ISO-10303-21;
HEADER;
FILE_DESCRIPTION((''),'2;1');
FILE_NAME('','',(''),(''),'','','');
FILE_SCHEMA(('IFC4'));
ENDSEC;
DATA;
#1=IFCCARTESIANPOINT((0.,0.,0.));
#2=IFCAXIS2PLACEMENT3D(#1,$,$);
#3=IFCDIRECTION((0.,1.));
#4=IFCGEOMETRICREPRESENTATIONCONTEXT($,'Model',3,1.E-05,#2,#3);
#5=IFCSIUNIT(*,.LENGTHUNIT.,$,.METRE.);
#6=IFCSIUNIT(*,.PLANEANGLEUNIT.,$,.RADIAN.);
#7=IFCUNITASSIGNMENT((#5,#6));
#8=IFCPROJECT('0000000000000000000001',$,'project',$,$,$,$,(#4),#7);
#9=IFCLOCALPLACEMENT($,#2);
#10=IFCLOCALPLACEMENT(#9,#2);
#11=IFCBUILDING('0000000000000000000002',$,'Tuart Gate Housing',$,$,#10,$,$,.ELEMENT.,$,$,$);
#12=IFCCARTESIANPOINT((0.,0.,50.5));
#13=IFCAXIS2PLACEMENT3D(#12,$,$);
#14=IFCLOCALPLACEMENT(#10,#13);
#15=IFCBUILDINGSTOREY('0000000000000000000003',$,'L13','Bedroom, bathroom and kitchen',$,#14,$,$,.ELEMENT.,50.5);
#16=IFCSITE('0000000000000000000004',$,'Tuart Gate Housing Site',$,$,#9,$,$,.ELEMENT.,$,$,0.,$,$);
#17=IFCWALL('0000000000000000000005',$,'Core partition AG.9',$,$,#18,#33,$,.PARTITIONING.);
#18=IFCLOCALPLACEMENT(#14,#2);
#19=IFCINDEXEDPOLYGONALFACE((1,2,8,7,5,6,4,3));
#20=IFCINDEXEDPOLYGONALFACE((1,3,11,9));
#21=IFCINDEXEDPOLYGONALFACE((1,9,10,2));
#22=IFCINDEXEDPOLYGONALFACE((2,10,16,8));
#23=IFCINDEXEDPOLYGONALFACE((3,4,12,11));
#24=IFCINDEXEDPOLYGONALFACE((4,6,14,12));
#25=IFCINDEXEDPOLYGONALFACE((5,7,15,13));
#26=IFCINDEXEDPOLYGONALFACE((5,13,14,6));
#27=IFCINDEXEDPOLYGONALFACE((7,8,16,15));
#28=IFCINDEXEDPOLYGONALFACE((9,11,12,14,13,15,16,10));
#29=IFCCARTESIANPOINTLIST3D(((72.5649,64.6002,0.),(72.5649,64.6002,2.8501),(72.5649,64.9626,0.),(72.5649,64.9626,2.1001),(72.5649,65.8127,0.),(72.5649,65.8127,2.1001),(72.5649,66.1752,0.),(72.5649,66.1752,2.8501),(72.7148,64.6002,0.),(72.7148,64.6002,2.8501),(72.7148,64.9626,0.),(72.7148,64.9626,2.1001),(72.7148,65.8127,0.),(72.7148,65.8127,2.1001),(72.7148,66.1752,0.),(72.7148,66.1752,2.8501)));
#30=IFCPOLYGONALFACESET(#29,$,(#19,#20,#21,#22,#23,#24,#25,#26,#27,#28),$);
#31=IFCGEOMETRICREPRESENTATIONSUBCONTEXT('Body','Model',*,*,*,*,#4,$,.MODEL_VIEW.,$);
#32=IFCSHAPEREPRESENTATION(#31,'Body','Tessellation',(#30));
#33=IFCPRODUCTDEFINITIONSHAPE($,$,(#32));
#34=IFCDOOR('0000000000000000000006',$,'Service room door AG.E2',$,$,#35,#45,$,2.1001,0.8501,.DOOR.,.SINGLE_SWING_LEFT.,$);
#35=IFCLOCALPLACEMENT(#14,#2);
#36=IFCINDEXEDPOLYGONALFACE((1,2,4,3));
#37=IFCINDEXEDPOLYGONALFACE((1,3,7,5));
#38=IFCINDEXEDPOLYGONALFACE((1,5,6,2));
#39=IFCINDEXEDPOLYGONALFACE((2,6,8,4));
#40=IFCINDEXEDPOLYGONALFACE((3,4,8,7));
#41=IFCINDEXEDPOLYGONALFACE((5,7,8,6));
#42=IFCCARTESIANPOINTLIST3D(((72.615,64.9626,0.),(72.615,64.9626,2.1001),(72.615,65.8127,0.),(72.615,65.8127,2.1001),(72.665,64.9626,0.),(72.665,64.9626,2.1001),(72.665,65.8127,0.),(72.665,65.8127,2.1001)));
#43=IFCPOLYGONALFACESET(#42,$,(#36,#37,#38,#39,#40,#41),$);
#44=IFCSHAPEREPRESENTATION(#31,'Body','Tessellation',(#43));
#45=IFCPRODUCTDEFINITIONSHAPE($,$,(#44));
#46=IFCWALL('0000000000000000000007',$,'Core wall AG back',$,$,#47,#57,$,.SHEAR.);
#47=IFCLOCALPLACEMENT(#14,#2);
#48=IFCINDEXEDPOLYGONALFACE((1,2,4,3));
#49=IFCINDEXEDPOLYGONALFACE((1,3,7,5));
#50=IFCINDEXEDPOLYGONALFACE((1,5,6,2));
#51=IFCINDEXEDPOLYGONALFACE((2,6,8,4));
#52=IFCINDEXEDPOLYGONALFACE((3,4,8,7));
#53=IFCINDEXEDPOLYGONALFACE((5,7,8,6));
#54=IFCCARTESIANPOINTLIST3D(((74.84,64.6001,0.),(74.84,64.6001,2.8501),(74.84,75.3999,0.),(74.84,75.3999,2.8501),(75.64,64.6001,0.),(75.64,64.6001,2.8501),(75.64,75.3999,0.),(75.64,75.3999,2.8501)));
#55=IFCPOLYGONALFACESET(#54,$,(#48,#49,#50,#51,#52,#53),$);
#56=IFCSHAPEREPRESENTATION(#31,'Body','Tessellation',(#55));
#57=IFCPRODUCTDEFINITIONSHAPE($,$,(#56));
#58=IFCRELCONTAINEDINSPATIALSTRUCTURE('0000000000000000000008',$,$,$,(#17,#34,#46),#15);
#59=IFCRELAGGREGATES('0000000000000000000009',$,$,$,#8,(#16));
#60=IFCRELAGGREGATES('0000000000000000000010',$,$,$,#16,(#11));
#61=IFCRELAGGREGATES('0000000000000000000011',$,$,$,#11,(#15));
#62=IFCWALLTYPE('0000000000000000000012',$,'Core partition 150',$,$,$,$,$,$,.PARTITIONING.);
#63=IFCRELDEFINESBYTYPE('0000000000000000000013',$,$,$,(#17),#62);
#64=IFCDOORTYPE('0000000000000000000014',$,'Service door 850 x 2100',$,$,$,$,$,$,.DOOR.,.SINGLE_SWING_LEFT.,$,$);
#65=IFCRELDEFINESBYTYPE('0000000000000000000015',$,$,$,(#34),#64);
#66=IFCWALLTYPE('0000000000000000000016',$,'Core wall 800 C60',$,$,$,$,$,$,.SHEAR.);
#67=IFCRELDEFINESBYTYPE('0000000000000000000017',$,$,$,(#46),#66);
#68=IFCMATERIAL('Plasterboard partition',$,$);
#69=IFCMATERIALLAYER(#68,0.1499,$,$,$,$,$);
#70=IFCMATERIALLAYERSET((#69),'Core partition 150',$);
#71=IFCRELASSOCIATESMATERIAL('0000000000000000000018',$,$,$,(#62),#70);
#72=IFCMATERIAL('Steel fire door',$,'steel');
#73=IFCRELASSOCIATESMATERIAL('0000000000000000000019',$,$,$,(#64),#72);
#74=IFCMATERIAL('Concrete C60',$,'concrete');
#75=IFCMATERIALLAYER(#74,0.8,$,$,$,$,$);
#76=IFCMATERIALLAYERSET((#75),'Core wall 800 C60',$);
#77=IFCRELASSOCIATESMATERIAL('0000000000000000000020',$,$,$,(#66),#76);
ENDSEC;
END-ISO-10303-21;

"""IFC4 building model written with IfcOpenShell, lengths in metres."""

from ifc_helpers import new_model, si_unit, direction, frame, frame_2d, origin, place, context, subcontext, project, spatial, rectangle, extrude, material, layer, layer_set, type_object, element, fill, save


model = new_model("IFC4")

# Units and contexts
model_context = context("Model", 3, precision=1e-05, world=origin(), true_north=direction((0.0, 1.0)))
body_context = subcontext(model_context, "Body", "Model", "MODEL_VIEW")
ifc_project = project(units=[si_unit("LENGTHUNIT", "METRE"), si_unit("PLANEANGLEUNIT", "RADIAN")], contexts=[model_context])

# Site, building, storey
site_placement = place(None, origin())
site = spatial("IfcSite", under=ifc_project, at=site_placement, Name="Tuart Gate Housing Site", CompositionType="ELEMENT", RefElevation=0.0)
building_placement = place(site_placement, origin())
building = spatial("IfcBuilding", under=site, at=building_placement, Name="Tuart Gate Housing", CompositionType="ELEMENT")
storey_placement = place(building_placement, frame((0.0, 0.0, 50.5)))
storey = spatial("IfcBuildingStorey", under=building, at=storey_placement, Name="L13", Description="Bedroom, bathroom and kitchen", CompositionType="ELEMENT", Elevation=50.5)

# Wall, opening, door
ifc_material_1 = material(Name="Plasterboard partition")
ifc_layer_1 = layer(ifc_material_1, 0.1499)
ifc_layer_set_1 = layer_set([ifc_layer_1], Name="Core partition 150")
wall_type_1 = type_object("IfcWallType", Name="Core partition 150", PredefinedType="PARTITIONING", material=ifc_layer_set_1)
wall_1_placement = place(storey_placement, frame((72.6399, 64.6001, 0.0), z_axis=(0.0, 0.0, 1.0), x_axis=(0.0, 1.0, 0.0)))
wall_1 = element("IfcWall", 1, at=wall_1_placement, inside=storey, type_object=wall_type_1, Name="Core partition AG.9", PredefinedType="PARTITIONING", context=body_context, shape_type="SweptSolid", body=[
    extrude(rectangle(XDim=1.575, YDim=0.1499, at=frame_2d((0.7876, 0.0))), origin(), (0.0, 0.0, 1.0), 2.8501),
])
opening_1_placement = place(wall_1_placement, frame((0.3625, 0.0, 0.0)))
opening_1 = element("IfcOpeningElement", 2, at=opening_1_placement, cuts=wall_1, PredefinedType="OPENING", context=body_context, shape_type="SweptSolid", body=[
    extrude(rectangle(XDim=0.8501, YDim=2.1001, at=frame_2d((0.425, 1.05))), frame((0.0, 0.085, 0.0), z_axis=(0.0, -1.0, 0.0), x_axis=(1.0, 0.0, 0.0)), (0.0, 0.0, 1.0), 0.1699),
])
ifc_material_2 = material(Name="Steel fire door", Category="steel")
door_type = type_object("IfcDoorType", Name="Service door 850 x 2100", OperationType="SINGLE_SWING_LEFT", PredefinedType="DOOR", material=ifc_material_2)
door_placement = place(opening_1_placement, origin())
door = element("IfcDoor", 3, at=door_placement, inside=storey, type_object=door_type, Name="Service room door AG.E2", OperationType="SINGLE_SWING_LEFT", OverallHeight=2.1001, OverallWidth=0.8501, PredefinedType="DOOR", context=body_context, shape_type="SweptSolid", body=[
    extrude(rectangle(XDim=0.8501, YDim=2.1001, at=frame_2d((0.425, 1.05))), frame((0.0, 0.0249, 0.0), z_axis=(0.0, -1.0, 0.0), x_axis=(1.0, 0.0, 0.0)), (0.0, 0.0, 1.0), 0.05),
])
fill(opening_1, door)

# Wall
ifc_material_3 = material(Name="Concrete C60", Category="concrete")
ifc_layer_2 = layer(ifc_material_3, 0.8)
ifc_layer_set_2 = layer_set([ifc_layer_2], Name="Core wall 800 C60")
wall_type_2 = type_object("IfcWallType", Name="Core wall 800 C60", PredefinedType="SHEAR", material=ifc_layer_set_2)
wall_2_placement = place(storey_placement, frame((75.24, 64.6001, 0.0), z_axis=(0.0, 0.0, 1.0), x_axis=(0.0, 1.0, 0.0)))
element("IfcWall", 4, at=wall_2_placement, inside=storey, type_object=wall_type_2, Name="Core wall AG back", PredefinedType="SHEAR", context=body_context, shape_type="SweptSolid", body=[
    extrude(rectangle(XDim=10.7998, YDim=0.8, at=frame_2d((5.3999, 0.0))), origin(), (0.0, 0.0, 1.0), 2.8501),
])

save(model, "model.ifc")
